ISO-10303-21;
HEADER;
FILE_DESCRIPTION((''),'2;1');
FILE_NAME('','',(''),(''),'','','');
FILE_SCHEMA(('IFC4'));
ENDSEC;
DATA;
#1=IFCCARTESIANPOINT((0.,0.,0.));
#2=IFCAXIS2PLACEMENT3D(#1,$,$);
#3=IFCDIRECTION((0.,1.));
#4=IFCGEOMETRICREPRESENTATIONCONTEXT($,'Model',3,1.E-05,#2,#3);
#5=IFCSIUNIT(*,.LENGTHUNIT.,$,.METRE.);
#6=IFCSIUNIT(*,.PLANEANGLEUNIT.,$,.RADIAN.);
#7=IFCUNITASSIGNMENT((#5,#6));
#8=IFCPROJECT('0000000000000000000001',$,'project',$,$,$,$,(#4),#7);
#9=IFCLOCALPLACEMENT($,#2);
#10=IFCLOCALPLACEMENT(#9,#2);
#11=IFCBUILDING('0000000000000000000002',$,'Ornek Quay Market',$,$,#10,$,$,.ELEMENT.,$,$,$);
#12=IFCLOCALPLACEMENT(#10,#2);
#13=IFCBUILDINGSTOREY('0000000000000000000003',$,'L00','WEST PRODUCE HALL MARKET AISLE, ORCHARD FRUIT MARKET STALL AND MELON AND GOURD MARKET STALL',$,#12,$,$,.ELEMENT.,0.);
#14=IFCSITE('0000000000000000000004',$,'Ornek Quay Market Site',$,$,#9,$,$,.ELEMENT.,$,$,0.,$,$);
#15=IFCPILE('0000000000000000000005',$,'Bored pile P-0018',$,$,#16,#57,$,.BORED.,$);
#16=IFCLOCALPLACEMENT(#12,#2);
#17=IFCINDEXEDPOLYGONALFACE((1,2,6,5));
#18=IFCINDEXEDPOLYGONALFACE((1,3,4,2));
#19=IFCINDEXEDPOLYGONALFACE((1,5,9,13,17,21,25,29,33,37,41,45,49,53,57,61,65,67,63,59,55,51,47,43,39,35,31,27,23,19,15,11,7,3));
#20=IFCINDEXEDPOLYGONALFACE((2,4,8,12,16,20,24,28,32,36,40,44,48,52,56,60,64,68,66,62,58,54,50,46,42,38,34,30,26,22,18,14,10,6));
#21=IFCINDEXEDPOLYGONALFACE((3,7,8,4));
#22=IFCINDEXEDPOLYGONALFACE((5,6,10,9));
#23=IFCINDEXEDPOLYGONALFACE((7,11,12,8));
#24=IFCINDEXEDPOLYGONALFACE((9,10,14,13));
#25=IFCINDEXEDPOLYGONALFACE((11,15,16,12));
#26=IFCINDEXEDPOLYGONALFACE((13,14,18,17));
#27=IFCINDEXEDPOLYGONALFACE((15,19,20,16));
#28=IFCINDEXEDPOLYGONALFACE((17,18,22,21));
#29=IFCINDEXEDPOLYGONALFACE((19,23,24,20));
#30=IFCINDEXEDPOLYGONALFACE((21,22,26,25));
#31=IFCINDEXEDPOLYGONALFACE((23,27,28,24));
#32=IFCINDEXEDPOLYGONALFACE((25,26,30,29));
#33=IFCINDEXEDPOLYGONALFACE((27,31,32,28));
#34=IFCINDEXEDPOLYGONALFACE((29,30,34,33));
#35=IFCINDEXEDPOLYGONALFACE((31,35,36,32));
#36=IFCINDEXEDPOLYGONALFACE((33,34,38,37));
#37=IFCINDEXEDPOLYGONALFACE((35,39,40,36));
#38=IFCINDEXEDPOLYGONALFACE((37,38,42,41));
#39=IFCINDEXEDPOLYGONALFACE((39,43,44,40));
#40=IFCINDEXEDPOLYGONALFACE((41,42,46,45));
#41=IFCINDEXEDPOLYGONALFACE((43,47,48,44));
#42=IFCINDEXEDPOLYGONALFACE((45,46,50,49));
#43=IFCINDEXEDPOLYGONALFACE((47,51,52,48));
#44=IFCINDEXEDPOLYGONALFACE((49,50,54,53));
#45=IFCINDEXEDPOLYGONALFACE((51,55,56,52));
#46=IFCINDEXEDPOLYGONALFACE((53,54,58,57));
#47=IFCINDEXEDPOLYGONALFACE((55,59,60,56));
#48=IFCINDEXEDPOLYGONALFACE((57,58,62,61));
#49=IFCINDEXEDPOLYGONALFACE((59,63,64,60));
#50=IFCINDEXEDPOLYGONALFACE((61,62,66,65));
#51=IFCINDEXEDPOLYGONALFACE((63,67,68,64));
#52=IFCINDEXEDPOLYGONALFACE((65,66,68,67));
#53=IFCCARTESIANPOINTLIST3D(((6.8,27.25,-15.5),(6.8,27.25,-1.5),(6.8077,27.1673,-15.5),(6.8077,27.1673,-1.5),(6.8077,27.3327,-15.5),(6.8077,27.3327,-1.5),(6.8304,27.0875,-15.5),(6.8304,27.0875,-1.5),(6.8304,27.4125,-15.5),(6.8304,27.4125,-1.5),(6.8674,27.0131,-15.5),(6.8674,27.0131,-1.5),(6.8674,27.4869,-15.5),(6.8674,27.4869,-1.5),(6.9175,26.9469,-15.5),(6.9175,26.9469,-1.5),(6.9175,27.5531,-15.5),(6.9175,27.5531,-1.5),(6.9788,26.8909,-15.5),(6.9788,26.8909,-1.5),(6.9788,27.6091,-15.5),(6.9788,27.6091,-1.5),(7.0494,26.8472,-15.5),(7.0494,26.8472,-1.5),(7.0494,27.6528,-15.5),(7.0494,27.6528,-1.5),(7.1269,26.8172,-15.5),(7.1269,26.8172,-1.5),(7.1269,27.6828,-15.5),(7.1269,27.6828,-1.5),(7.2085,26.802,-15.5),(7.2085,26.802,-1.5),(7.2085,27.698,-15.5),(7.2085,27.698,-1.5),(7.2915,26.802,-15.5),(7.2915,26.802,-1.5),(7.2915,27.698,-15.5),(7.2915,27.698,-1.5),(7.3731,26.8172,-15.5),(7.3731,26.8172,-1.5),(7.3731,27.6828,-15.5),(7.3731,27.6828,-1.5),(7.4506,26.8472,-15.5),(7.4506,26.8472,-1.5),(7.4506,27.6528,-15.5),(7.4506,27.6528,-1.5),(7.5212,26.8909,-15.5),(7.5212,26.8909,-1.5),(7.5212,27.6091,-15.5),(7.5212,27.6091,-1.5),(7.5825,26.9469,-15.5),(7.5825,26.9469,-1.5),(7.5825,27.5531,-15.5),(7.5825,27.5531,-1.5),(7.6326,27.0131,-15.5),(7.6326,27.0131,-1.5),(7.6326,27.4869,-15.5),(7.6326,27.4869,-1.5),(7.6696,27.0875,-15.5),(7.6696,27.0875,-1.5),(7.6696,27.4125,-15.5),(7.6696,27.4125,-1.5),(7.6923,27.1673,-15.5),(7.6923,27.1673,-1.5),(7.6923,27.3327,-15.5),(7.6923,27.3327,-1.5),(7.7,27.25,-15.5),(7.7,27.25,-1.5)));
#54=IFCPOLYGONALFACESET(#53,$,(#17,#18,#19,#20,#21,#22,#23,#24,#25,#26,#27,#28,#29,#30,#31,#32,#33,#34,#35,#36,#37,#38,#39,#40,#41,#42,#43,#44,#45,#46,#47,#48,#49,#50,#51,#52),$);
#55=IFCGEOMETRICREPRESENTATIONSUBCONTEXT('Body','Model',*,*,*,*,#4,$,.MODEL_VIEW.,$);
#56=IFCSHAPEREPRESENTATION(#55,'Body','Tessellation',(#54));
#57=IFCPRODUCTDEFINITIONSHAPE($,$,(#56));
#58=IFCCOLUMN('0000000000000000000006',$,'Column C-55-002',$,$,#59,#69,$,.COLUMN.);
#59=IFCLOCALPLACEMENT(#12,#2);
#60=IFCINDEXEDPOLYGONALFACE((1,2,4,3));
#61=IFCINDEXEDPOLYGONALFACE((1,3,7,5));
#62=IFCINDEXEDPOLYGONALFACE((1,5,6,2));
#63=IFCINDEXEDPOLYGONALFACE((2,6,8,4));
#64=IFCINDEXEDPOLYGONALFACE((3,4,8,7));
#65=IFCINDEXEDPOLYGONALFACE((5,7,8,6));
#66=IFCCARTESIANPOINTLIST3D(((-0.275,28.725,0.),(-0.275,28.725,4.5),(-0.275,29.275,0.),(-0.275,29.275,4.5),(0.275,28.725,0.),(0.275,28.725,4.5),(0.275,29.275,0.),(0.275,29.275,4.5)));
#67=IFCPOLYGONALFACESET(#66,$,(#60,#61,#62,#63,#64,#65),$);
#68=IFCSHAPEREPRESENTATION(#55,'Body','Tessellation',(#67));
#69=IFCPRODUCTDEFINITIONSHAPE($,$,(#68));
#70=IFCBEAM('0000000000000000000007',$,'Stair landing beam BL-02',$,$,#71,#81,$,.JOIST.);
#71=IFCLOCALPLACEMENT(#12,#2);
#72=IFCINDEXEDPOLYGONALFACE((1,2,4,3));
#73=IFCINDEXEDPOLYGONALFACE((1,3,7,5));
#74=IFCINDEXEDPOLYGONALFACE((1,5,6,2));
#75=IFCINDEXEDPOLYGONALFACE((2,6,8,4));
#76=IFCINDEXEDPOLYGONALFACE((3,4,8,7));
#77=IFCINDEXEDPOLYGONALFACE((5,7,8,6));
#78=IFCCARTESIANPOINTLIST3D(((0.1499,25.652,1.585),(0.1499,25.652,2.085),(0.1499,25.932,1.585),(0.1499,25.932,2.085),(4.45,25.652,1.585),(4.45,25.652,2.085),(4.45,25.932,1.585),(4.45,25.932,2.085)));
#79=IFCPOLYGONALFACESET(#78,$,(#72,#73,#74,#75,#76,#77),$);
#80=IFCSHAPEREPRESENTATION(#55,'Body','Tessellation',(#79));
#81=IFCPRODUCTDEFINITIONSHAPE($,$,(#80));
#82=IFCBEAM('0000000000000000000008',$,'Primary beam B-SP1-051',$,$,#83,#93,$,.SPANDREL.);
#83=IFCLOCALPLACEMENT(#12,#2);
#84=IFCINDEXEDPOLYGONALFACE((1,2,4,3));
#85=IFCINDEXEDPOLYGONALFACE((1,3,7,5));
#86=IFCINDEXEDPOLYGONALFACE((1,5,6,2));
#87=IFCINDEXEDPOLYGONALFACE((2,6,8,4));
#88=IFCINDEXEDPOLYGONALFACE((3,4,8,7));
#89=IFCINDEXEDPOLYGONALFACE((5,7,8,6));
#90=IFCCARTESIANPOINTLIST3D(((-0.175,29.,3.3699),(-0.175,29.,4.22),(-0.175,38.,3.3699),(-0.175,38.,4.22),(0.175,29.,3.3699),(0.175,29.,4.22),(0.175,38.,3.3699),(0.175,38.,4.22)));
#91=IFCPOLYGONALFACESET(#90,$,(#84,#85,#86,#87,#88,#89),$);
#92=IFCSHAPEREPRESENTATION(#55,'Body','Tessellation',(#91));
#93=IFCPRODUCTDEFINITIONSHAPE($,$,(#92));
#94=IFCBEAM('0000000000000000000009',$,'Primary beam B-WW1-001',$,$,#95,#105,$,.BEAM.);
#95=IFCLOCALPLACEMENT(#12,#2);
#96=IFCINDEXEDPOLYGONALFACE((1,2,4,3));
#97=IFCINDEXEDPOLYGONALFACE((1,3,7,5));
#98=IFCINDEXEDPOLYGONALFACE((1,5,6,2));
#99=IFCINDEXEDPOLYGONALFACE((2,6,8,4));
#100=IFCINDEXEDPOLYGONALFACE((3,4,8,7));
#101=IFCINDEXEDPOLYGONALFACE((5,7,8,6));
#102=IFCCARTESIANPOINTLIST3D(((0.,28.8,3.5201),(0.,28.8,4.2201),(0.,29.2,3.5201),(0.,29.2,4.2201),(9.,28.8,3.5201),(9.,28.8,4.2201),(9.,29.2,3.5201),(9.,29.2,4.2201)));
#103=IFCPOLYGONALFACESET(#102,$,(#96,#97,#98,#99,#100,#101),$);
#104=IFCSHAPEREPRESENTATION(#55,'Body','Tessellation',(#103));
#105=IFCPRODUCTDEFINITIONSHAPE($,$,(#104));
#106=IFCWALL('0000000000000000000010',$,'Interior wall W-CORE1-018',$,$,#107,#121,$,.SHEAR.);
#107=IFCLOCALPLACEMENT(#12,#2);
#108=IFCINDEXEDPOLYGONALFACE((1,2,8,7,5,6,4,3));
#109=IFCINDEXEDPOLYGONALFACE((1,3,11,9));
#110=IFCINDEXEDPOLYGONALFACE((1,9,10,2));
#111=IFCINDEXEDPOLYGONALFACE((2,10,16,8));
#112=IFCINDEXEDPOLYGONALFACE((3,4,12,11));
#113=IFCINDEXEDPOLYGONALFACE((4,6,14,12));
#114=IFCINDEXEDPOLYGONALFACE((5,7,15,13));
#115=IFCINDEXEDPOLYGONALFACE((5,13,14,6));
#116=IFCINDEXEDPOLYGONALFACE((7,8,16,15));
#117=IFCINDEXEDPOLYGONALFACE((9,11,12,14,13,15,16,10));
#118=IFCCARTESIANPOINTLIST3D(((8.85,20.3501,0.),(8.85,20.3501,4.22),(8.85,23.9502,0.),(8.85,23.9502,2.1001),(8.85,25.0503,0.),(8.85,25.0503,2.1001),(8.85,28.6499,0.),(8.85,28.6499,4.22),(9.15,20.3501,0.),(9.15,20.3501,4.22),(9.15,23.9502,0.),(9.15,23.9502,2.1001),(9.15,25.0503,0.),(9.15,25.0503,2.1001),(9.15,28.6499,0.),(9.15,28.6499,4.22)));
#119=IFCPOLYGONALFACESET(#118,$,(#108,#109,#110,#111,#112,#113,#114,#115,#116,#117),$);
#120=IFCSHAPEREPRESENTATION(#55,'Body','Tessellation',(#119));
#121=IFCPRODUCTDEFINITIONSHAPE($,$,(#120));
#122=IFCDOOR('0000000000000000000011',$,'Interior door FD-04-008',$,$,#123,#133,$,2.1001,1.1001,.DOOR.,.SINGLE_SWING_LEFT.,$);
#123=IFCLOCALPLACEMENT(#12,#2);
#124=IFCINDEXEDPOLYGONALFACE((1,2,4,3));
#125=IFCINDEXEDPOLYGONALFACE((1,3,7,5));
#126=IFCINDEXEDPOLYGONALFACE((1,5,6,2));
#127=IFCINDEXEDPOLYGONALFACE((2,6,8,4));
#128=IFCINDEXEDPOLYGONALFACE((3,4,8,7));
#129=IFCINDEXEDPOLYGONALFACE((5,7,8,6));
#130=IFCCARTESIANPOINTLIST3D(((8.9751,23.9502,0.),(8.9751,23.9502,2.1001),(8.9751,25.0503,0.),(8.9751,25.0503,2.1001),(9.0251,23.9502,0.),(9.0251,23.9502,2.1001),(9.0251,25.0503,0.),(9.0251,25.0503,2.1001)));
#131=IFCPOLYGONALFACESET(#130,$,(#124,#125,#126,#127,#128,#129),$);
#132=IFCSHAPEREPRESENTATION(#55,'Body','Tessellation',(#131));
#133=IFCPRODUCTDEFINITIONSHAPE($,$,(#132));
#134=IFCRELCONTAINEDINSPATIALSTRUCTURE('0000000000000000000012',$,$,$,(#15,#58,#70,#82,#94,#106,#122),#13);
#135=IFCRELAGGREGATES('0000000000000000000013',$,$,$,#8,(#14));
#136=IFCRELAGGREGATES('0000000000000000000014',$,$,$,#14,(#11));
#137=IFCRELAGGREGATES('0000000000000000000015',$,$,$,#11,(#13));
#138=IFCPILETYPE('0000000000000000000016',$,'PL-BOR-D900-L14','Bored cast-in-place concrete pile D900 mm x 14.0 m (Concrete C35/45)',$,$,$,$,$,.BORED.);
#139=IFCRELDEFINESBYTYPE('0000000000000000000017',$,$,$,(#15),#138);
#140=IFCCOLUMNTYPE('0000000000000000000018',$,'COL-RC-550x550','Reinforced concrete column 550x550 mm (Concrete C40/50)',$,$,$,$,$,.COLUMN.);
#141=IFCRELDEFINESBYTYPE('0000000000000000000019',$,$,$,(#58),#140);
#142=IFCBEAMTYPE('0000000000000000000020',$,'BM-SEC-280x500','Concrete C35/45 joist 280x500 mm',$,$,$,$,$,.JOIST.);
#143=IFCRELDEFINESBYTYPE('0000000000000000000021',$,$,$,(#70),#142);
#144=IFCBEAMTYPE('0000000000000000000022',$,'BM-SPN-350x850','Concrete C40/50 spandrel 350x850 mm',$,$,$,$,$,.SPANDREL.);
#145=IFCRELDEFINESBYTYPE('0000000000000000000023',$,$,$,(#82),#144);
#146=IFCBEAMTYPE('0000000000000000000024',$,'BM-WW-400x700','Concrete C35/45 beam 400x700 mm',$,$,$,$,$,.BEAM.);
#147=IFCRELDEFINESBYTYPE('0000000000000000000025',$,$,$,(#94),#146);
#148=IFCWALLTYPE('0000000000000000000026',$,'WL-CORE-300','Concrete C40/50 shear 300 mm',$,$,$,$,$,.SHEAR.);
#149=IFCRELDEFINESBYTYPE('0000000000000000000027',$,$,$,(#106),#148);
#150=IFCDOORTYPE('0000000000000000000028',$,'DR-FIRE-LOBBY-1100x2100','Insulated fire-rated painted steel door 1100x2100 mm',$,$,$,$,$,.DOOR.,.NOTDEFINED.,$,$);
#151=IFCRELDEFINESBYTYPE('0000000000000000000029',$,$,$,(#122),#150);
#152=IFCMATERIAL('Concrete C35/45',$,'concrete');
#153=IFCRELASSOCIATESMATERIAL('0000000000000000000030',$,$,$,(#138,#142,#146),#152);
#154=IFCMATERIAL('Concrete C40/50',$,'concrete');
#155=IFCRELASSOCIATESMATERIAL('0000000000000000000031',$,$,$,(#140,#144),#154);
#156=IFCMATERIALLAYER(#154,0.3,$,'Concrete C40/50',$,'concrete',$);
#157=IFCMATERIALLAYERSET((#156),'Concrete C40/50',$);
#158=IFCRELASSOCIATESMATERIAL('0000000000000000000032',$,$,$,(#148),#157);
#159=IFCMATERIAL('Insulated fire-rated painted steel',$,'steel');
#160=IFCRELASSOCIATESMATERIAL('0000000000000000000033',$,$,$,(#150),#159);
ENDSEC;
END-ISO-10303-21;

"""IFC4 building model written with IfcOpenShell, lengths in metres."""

from ifc_helpers import new_model, si_unit, direction, frame, frame_2d, origin, origin_2d, place, context, subcontext, project, spatial, rectangle, circle, extrude, material, layer, layer_set, material_profile, profile_set, type_object, element, fill, save


model = new_model("IFC4")

# Units and contexts
model_context = context("Model", 3, precision=1e-05, world=origin(), true_north=direction((0.0, 1.0)))
body_context = subcontext(model_context, "Body", "Model", "MODEL_VIEW")
ifc_project = project(units=[si_unit("LENGTHUNIT", "METRE"), si_unit("PLANEANGLEUNIT", "RADIAN")], contexts=[model_context])

# Site, building, storey
site_placement = place(None, origin())
site = spatial("IfcSite", under=ifc_project, at=site_placement, Name="Ornek Quay Market Site", CompositionType="ELEMENT", RefElevation=0.0)
building_placement = place(site_placement, origin())
building = spatial("IfcBuilding", under=site, at=building_placement, Name="Ornek Quay Market", CompositionType="ELEMENT")
storey_placement = place(building_placement, origin())
storey = spatial("IfcBuildingStorey", under=building, at=storey_placement, Name="L00", Description="WEST PRODUCE HALL MARKET AISLE, ORCHARD FRUIT MARKET STALL AND MELON AND GOURD MARKET STALL", CompositionType="ELEMENT", Elevation=0.0)

# Pile
ifc_material_1 = material(Name="Concrete C35/45", Category="concrete")
ifc_material_profile_1 = material_profile(ifc_material_1, circle(Radius=0.45, at=origin_2d()), Name="PILE D900", Category="concrete")
ifc_profile_set_1 = profile_set([ifc_material_profile_1], Name="Concrete C35/45")
pile_type = type_object("IfcPileType", Name="PL-BOR-D900-L14", Description="Bored cast-in-place concrete pile D900 mm x 14.0 m (Concrete C35/45)", PredefinedType="BORED", material=ifc_profile_set_1)
for number, where, z_axis, x_axis, name in (
    (1, (7.25, 27.25, -1.5), (0.0, 0.0, -1.0), (1.0, 0.0, 0.0), "Bored pile P-0018"),
):
    element("IfcPile", number, at=place(storey_placement, frame(where, z_axis=z_axis, x_axis=x_axis)), inside=storey, type_object=pile_type, Name=name, PredefinedType="BORED", context=body_context, shape_type="SweptSolid", body=[
        extrude(circle(Radius=0.45, at=origin_2d()), origin(), (0.0, 0.0, 1.0), 14.0),
    ])

# Column
ifc_material_2 = material(Name="Concrete C40/50", Category="concrete")
ifc_material_profile_2 = material_profile(ifc_material_2, rectangle(XDim=0.55, YDim=0.55, at=origin_2d()), Name="RC 550x550", Category="concrete")
ifc_profile_set_2 = profile_set([ifc_material_profile_2], Name="Concrete C40/50")
column_type = type_object("IfcColumnType", Name="COL-RC-550x550", Description="Reinforced concrete column 550x550 mm (Concrete C40/50)", PredefinedType="COLUMN", material=ifc_profile_set_2)
column_placement = place(storey_placement, frame((0.0, 29.0, 0.0), z_axis=(0.0, 0.0, 1.0), x_axis=(1.0, 0.0, 0.0)))
element("IfcColumn", 2, at=column_placement, inside=storey, type_object=column_type, Name="Column C-55-002", PredefinedType="COLUMN", context=body_context, shape_type="SweptSolid", body=[
    extrude(rectangle(XDim=0.55, YDim=0.55, at=origin_2d()), origin(), (0.0, 0.0, 1.0), 4.5),
])

# Beams
ifc_material_profile_3 = material_profile(ifc_material_1, rectangle(XDim=0.28, YDim=0.5, at=origin_2d()), Name="RC 280x500", Category="concrete")
ifc_profile_set_3 = profile_set([ifc_material_profile_3], Name="Concrete C35/45")
beam_type_1 = type_object("IfcBeamType", Name="BM-SEC-280x500", Description="Concrete C35/45 joist 280x500 mm", PredefinedType="JOIST", material=ifc_profile_set_3)
beam_1_placement = place(storey_placement, frame((0.1499, 25.792, 1.835), z_axis=(1.0, 0.0, 0.0), x_axis=(0.0, 1.0, 0.0)))
element("IfcBeam", 3, at=beam_1_placement, inside=storey, type_object=beam_type_1, Name="Stair landing beam BL-02", PredefinedType="JOIST", context=body_context, shape_type="SweptSolid", body=[
    extrude(rectangle(XDim=0.28, YDim=0.5, at=origin_2d()), origin(), (0.0, 0.0, 1.0), 4.3),
])
ifc_material_profile_4 = material_profile(ifc_material_2, rectangle(XDim=0.3501, YDim=0.8501, at=origin_2d()), Name="RC 350x850", Category="concrete")
ifc_profile_set_4 = profile_set([ifc_material_profile_4], Name="Concrete C40/50")
beam_type_2 = type_object("IfcBeamType", Name="BM-SPN-350x850", Description="Concrete C40/50 spandrel 350x850 mm", PredefinedType="SPANDREL", material=ifc_profile_set_4)
beam_2_placement = place(storey_placement, frame((0.0, 29.0, 3.7949), z_axis=(0.0, 1.0, 0.0), x_axis=(-1.0, 0.0, 0.0)))
element("IfcBeam", 4, at=beam_2_placement, inside=storey, type_object=beam_type_2, Name="Primary beam B-SP1-051", PredefinedType="SPANDREL", context=body_context, shape_type="SweptSolid", body=[
    extrude(rectangle(XDim=0.3501, YDim=0.8501, at=origin_2d()), origin(), (0.0, 0.0, 1.0), 9.0),
])
ifc_material_profile_5 = material_profile(ifc_material_1, rectangle(XDim=0.3999, YDim=0.7, at=origin_2d()), Name="RC 400x700", Category="concrete")
ifc_profile_set_5 = profile_set([ifc_material_profile_5], Name="Concrete C35/45")
beam_type_3 = type_object("IfcBeamType", Name="BM-WW-400x700", Description="Concrete C35/45 beam 400x700 mm", PredefinedType="BEAM", material=ifc_profile_set_5)
beam_3_placement = place(storey_placement, frame((0.0, 29.0, 3.8701), z_axis=(1.0, 0.0, 0.0), x_axis=(0.0, 1.0, 0.0)))
element("IfcBeam", 5, at=beam_3_placement, inside=storey, type_object=beam_type_3, Name="Primary beam B-WW1-001", PredefinedType="BEAM", context=body_context, shape_type="SweptSolid", body=[
    extrude(rectangle(XDim=0.3999, YDim=0.7, at=origin_2d()), origin(), (0.0, 0.0, 1.0), 9.0),
])

# Wall, opening, door
ifc_layer_1 = layer(ifc_material_2, 0.3, Name="Concrete C40/50", Category="concrete")
ifc_layer_set_1 = layer_set([ifc_layer_1], Name="Concrete C40/50")
wall_type_1 = type_object("IfcWallType", Name="WL-CORE-300", Description="Concrete C40/50 shear 300 mm", PredefinedType="SHEAR", material=ifc_layer_set_1)
wall_1_placement = place(storey_placement, frame((9.0, 20.3501, 0.0), z_axis=(0.0, 0.0, 1.0), x_axis=(0.0, 1.0, 0.0)))
wall_1 = element("IfcWall", 6, at=wall_1_placement, inside=storey, type_object=wall_type_1, Name="Interior wall W-CORE1-018", PredefinedType="SHEAR", context=body_context, shape_type="SweptSolid", body=[
    extrude(rectangle(XDim=8.2998, YDim=0.3, at=frame_2d((4.1499, 0.0))), origin(), (0.0, 0.0, 1.0), 4.22),
])
opening_1_placement = place(wall_1_placement, frame((3.6001, 0.0, 0.0)))
opening_1 = element("IfcOpeningElement", 7, at=opening_1_placement, cuts=wall_1, PredefinedType="OPENING", context=body_context, shape_type="SweptSolid", body=[
    extrude(rectangle(XDim=1.1001, YDim=2.1001, at=frame_2d((0.55, 1.05))), frame((0.0, 0.1599, 0.0), z_axis=(0.0, -1.0, 0.0), x_axis=(1.0, 0.0, 0.0)), (0.0, 0.0, 1.0), 0.3201),
])
ifc_material_3 = material(Name="Insulated fire-rated painted steel", Category="steel")
door_type = type_object("IfcDoorType", Name="DR-FIRE-LOBBY-1100x2100", Description="Insulated fire-rated painted steel door 1100x2100 mm", OperationType="NOTDEFINED", PredefinedType="DOOR", material=ifc_material_3)
door_placement = place(opening_1_placement, origin())
door = element("IfcDoor", 8, at=door_placement, inside=storey, type_object=door_type, Name="Interior door FD-04-008", OperationType="SINGLE_SWING_LEFT", OverallHeight=2.1001, OverallWidth=1.1001, PredefinedType="DOOR", context=body_context, shape_type="SweptSolid", body=[
    extrude(rectangle(XDim=1.1001, YDim=2.1001, at=frame_2d((0.55, 1.05))), frame((0.0, 0.0249, 0.0), z_axis=(0.0, -1.0, 0.0), x_axis=(1.0, 0.0, 0.0)), (0.0, 0.0, 1.0), 0.05),
])
fill(opening_1, door)

save(model, "model.ifc")
